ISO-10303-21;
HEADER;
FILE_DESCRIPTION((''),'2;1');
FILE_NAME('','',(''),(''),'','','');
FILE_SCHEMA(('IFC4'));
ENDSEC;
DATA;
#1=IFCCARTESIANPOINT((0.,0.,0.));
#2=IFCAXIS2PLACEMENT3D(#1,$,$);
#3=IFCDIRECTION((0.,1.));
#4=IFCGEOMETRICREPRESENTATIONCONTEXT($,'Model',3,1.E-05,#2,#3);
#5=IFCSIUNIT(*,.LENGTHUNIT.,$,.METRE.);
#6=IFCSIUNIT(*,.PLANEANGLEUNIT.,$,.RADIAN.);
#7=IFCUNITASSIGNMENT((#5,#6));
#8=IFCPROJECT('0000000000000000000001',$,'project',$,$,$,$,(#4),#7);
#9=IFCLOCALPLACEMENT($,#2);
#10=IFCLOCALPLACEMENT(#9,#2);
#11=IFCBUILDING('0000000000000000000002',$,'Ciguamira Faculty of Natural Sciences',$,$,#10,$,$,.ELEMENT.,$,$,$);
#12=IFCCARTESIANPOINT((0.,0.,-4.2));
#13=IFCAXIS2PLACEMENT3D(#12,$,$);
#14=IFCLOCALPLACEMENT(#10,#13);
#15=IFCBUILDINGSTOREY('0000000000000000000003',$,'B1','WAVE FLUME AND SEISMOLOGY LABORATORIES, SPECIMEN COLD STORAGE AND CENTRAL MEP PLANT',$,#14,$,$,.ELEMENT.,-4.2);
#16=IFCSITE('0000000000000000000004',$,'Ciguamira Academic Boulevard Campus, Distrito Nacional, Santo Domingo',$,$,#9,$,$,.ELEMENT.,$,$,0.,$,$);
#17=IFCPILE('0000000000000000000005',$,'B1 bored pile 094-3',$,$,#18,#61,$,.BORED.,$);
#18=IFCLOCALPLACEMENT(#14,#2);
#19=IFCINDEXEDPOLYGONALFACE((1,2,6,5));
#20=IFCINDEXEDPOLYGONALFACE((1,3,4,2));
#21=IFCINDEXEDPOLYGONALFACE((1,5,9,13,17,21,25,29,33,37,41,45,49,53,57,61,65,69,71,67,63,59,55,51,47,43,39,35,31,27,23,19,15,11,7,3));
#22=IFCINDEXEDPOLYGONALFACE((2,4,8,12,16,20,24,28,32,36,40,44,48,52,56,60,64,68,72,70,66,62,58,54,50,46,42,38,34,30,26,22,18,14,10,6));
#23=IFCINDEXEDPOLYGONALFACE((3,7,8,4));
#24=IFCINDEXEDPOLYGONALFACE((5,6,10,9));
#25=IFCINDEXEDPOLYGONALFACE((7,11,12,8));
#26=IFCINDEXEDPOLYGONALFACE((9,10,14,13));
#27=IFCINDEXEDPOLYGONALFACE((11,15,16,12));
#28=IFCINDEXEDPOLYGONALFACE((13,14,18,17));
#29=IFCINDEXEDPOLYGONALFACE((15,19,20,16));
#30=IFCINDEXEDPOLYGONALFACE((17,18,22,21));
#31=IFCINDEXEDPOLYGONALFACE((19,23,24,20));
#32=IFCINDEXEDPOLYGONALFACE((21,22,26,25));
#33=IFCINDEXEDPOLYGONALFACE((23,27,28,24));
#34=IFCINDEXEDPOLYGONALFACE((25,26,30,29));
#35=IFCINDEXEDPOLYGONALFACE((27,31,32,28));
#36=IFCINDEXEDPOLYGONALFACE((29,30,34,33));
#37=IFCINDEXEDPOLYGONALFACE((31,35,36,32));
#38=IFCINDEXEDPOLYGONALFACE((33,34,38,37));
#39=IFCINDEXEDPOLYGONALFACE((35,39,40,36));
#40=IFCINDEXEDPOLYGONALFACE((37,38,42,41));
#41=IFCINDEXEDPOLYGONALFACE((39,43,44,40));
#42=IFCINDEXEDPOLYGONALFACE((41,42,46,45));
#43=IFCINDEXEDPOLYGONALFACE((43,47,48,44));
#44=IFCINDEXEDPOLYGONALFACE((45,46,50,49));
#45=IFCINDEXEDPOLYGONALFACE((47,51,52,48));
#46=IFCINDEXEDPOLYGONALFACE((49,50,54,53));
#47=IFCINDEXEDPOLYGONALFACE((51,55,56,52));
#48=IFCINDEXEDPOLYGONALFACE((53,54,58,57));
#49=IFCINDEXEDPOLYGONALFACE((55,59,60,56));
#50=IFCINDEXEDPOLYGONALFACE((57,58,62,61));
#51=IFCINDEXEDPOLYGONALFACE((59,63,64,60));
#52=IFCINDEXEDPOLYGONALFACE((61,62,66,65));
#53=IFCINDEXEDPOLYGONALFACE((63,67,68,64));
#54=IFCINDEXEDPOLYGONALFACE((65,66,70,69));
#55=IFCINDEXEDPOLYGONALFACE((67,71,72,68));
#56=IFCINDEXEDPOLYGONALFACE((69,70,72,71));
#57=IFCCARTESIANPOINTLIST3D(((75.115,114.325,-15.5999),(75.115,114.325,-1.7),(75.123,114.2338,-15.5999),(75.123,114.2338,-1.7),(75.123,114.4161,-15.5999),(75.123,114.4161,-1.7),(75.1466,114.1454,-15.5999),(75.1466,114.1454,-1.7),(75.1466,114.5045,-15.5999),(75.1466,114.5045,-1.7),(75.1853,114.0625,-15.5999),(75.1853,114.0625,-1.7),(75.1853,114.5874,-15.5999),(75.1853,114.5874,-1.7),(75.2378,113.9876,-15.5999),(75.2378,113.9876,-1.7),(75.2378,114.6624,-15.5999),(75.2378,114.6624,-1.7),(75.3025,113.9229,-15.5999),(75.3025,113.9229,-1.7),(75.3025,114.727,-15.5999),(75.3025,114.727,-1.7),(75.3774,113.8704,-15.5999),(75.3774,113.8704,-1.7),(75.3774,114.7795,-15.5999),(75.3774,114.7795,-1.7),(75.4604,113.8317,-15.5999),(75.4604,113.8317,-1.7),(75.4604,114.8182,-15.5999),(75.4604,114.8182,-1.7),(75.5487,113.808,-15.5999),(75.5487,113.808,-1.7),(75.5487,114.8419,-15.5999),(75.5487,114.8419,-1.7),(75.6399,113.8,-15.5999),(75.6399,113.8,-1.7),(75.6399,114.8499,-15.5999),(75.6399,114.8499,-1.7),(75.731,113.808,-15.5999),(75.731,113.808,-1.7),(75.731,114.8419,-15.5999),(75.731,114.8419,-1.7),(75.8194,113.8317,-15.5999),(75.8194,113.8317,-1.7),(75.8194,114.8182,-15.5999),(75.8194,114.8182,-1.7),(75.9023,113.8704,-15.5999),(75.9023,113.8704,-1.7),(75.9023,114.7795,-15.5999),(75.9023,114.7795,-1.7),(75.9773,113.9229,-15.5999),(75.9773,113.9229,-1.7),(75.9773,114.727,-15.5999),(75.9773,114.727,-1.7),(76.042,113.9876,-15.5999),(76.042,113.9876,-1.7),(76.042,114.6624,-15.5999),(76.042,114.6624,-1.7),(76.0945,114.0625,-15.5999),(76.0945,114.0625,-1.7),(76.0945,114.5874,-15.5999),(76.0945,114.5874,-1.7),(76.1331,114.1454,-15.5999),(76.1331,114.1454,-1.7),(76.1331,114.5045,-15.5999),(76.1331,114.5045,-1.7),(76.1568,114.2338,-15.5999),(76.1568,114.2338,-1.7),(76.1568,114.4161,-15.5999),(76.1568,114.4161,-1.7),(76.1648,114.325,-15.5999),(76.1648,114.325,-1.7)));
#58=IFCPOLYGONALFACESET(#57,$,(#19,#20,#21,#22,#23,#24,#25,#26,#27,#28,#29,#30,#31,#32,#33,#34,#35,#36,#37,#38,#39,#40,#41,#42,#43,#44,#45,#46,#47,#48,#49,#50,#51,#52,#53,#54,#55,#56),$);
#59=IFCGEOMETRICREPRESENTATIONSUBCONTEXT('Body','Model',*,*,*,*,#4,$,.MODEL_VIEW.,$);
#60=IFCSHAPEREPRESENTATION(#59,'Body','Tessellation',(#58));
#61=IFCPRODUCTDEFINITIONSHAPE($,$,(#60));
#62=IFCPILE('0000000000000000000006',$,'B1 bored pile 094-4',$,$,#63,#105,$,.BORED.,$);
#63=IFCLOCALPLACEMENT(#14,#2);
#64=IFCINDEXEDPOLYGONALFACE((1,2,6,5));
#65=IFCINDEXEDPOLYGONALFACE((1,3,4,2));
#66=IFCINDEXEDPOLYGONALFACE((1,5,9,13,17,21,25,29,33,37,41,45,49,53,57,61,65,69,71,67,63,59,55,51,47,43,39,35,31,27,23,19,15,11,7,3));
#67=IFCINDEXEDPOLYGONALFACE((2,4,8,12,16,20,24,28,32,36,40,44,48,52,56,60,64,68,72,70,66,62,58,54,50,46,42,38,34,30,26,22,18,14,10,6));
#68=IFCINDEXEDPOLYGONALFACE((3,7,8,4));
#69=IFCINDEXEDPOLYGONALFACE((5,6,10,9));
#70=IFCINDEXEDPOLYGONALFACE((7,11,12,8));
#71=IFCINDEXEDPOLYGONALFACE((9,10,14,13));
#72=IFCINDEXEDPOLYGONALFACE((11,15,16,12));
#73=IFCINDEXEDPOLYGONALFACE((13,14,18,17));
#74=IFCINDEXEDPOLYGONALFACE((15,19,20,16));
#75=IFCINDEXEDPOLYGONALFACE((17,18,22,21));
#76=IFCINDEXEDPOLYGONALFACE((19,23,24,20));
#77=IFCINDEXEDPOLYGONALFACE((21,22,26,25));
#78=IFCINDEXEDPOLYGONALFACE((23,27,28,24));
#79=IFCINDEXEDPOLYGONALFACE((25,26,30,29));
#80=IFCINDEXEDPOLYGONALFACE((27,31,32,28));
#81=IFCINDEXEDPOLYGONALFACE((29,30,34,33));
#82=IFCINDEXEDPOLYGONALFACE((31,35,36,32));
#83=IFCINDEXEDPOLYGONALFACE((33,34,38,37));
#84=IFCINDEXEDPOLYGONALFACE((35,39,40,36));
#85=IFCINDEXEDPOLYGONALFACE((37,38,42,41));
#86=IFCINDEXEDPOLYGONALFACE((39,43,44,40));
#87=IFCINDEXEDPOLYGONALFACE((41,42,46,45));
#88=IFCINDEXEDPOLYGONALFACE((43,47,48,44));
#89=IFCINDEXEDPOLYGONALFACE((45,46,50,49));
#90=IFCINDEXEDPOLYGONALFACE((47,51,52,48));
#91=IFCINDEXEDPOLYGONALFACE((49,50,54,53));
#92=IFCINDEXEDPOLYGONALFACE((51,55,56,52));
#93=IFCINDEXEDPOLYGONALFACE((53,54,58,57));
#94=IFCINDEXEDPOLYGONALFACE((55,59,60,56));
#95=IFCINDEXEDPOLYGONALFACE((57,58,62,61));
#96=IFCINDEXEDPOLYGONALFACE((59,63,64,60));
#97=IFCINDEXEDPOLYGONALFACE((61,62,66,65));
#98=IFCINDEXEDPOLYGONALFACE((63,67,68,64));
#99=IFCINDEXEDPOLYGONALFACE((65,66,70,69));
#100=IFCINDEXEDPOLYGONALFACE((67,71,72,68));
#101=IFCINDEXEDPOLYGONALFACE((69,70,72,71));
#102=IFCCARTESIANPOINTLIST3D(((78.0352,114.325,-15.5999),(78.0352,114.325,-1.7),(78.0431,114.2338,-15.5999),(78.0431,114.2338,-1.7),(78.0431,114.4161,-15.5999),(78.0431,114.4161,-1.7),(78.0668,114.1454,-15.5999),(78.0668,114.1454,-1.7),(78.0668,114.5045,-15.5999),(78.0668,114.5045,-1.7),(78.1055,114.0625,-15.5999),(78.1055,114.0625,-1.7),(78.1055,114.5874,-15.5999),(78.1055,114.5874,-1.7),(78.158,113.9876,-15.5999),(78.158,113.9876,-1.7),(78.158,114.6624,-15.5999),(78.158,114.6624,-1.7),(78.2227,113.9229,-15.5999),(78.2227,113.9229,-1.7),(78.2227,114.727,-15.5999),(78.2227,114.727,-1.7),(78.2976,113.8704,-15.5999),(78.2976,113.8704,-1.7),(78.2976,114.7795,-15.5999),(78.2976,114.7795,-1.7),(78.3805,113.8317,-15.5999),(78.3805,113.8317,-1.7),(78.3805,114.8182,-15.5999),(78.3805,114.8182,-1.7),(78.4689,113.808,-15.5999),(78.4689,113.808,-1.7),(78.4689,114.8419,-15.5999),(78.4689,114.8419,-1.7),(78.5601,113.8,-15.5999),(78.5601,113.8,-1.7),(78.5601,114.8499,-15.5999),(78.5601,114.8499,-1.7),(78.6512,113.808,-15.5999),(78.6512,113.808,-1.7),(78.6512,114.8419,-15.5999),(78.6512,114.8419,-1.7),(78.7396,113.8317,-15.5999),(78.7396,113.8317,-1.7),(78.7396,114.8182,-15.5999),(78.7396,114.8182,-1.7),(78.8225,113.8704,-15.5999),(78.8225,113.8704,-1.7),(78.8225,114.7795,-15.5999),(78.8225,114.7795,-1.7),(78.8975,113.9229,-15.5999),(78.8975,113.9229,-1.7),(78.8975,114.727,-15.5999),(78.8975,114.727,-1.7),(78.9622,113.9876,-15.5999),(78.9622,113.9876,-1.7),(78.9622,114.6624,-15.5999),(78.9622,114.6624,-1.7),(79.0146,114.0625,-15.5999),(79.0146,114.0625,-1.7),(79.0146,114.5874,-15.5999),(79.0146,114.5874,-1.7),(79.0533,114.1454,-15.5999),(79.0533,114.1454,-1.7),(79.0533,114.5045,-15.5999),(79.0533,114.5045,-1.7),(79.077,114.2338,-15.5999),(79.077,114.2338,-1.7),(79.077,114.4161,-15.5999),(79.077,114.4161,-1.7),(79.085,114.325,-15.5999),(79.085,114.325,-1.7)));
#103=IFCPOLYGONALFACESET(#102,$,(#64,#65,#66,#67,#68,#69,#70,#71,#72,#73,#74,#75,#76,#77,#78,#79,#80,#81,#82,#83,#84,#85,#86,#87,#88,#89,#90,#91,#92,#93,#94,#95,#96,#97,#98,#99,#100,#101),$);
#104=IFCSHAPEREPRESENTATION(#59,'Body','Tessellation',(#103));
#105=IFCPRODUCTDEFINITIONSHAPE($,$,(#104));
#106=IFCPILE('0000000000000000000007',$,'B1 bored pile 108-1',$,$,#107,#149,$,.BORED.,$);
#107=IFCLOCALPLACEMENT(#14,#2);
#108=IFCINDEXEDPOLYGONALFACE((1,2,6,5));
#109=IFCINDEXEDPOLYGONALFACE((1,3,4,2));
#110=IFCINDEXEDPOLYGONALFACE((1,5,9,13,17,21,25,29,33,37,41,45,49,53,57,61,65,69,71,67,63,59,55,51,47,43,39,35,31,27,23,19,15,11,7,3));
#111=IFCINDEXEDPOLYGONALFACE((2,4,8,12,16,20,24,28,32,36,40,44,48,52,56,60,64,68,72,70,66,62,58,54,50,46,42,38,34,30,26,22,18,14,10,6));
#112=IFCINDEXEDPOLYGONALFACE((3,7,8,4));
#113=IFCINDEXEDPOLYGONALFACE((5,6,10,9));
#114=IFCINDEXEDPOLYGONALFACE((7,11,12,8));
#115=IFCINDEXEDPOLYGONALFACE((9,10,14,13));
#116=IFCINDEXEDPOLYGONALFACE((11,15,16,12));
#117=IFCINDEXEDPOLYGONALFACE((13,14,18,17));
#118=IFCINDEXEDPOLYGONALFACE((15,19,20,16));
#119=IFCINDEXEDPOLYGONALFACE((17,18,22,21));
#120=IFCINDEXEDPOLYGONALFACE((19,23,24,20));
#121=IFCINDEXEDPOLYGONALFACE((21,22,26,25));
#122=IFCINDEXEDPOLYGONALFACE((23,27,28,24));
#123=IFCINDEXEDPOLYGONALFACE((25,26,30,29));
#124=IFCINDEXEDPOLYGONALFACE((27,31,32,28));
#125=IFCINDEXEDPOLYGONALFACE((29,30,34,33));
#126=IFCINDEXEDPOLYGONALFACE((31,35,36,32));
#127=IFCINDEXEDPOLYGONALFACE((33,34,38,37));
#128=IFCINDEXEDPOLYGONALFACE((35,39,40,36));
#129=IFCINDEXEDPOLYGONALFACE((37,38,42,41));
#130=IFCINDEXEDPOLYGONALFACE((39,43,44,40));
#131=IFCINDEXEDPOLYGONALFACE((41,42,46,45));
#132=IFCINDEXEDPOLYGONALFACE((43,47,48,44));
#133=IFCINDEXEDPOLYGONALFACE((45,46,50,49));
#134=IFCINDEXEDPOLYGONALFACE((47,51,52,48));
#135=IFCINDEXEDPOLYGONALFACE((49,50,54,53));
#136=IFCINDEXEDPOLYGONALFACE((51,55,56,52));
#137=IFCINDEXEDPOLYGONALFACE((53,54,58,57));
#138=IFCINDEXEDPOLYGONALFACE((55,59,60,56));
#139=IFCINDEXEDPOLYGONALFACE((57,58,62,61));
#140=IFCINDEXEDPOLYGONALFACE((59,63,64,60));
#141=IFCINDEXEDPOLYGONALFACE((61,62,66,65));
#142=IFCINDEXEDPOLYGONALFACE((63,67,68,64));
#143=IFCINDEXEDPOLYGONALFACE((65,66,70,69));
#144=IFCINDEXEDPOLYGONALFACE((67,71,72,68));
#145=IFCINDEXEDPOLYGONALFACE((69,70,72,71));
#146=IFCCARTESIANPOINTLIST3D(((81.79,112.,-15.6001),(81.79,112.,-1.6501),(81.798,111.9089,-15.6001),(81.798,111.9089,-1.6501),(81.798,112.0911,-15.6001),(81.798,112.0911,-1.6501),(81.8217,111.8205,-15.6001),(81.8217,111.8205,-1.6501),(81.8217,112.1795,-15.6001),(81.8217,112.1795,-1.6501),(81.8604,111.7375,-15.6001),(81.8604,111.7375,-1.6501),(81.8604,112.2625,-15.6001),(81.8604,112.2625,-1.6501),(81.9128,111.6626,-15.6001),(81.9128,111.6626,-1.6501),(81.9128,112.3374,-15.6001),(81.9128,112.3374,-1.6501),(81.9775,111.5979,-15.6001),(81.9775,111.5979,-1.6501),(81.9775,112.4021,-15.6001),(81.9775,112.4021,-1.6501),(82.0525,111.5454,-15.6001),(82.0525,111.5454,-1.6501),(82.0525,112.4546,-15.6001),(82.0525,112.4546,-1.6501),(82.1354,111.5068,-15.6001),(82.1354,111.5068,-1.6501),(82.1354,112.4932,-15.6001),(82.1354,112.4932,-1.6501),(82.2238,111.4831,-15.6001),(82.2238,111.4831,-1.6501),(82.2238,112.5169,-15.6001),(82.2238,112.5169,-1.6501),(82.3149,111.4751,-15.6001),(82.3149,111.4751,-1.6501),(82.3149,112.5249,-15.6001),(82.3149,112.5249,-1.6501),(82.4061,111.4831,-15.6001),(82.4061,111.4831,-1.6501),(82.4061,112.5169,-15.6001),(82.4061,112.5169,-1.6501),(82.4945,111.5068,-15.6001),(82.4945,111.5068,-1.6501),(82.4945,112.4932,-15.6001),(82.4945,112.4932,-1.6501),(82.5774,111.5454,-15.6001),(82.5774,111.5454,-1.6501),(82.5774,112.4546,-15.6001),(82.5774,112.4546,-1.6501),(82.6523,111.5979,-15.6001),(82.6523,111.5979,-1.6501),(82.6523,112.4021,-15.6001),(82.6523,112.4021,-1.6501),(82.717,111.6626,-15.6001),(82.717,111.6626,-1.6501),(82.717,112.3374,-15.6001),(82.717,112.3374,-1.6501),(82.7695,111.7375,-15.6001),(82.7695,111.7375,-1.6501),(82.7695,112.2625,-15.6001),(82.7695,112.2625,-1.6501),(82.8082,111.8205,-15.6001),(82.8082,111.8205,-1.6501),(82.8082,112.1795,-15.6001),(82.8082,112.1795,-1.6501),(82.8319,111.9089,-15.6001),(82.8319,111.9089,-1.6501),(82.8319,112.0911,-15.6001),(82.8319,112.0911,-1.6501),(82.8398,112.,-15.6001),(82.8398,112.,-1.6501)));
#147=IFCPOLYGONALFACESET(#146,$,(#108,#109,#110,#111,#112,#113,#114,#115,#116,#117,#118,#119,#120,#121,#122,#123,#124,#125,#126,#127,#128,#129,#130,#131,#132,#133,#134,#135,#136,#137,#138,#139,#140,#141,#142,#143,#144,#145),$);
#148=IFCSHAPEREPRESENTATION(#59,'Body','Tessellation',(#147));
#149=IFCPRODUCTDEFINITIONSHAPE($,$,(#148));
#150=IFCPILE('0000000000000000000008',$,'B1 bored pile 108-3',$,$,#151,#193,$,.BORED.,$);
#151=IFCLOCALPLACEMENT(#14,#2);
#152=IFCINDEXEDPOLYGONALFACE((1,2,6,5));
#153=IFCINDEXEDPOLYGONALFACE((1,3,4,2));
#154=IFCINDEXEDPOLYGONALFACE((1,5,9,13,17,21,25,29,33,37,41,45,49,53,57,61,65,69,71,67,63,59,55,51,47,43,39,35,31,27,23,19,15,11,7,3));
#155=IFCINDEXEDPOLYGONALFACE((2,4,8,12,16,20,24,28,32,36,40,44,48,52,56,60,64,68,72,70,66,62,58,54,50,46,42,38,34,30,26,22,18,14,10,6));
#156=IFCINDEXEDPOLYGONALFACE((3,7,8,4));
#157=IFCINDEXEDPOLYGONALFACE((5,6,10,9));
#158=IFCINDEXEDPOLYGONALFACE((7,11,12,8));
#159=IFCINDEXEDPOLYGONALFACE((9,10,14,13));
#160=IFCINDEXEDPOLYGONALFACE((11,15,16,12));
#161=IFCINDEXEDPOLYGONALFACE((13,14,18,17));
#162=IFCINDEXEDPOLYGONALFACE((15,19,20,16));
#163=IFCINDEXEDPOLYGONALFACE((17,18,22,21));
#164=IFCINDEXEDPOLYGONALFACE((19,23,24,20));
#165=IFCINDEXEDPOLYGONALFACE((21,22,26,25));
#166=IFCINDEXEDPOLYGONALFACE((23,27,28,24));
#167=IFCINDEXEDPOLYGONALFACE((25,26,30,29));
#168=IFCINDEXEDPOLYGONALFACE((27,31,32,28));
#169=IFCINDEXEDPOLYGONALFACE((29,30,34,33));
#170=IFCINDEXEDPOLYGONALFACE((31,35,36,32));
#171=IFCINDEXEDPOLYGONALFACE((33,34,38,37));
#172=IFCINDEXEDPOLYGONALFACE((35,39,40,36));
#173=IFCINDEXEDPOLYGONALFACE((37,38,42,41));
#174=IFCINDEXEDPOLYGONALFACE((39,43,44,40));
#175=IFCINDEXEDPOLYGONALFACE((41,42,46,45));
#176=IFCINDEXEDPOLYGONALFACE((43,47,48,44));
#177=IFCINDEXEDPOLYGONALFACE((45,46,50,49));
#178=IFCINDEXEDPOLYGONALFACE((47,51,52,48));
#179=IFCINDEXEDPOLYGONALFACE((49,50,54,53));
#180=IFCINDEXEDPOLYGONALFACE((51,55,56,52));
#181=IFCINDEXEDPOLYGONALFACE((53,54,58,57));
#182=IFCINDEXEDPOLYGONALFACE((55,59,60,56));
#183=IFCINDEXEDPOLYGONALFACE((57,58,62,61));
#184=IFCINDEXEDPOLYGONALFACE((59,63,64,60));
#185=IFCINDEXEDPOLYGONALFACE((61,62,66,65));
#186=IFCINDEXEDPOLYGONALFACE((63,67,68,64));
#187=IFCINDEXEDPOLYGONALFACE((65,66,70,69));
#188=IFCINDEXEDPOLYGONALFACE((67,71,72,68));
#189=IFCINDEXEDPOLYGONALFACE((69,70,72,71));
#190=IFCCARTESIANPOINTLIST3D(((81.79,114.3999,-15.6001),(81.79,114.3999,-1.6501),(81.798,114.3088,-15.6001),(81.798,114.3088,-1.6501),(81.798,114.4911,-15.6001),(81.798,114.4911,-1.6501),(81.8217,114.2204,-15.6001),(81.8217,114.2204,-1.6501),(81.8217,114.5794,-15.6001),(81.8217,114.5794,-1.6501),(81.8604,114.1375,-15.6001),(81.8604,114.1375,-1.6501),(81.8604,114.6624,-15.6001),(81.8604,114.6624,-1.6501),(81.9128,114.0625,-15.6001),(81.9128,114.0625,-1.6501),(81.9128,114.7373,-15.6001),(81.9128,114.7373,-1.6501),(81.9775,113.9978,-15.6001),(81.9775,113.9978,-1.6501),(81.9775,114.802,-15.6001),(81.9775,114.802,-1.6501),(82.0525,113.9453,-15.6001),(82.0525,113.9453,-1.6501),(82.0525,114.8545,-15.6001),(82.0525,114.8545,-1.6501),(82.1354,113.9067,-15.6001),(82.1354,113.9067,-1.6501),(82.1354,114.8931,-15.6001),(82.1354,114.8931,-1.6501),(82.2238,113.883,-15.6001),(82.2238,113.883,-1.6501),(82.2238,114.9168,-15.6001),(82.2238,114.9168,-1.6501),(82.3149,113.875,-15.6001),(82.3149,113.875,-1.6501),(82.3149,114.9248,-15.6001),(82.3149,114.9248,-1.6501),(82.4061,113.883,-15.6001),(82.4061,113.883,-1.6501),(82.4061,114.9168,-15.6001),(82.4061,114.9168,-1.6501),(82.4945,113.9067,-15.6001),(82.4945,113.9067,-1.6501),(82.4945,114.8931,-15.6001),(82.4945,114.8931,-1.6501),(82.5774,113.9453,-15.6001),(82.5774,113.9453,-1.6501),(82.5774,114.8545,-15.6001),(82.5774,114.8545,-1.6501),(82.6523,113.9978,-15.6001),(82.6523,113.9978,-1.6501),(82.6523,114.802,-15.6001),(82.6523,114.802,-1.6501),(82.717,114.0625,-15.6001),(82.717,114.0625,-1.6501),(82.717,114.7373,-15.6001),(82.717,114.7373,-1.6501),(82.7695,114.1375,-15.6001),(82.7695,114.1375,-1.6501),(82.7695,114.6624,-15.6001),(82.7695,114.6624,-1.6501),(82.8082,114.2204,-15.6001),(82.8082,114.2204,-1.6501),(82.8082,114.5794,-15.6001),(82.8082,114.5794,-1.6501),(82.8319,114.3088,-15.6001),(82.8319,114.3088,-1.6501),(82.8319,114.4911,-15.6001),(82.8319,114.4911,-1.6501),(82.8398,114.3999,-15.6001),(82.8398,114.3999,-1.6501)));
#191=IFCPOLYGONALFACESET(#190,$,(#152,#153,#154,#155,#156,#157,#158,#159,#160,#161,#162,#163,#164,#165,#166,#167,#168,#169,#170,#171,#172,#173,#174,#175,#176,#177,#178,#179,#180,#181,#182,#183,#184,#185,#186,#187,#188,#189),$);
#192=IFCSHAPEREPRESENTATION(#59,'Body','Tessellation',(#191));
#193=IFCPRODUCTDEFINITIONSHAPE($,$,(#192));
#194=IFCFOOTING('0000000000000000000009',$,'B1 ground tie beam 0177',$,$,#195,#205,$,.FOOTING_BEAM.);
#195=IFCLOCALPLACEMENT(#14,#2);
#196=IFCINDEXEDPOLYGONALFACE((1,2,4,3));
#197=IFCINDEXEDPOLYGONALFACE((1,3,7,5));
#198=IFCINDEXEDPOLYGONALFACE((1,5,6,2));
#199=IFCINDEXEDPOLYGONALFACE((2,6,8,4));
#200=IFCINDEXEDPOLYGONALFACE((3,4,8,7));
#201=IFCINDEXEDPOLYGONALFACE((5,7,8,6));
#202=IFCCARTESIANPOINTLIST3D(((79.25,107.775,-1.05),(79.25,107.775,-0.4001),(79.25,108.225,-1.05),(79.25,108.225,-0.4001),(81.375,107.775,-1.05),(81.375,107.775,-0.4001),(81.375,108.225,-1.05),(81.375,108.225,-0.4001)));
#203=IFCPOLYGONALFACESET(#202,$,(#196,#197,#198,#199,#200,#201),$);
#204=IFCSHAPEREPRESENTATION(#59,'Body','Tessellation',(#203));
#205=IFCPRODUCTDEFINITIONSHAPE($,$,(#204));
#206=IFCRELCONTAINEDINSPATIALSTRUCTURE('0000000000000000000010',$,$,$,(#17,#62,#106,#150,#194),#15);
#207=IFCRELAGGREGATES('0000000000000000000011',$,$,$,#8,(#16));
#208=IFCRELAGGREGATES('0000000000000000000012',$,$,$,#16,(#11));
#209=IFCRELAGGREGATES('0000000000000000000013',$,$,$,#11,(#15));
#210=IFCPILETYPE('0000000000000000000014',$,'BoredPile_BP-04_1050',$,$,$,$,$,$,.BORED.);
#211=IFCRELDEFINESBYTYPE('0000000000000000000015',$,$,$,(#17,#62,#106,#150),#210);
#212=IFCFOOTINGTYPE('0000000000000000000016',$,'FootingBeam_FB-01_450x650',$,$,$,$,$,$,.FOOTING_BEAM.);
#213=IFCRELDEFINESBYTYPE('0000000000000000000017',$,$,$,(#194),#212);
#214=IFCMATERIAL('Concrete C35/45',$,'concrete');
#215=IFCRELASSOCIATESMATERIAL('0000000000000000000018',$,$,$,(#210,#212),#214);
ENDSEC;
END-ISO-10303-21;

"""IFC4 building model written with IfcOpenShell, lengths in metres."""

from ifc_helpers import new_model, si_unit, direction, frame, origin, origin_2d, place, context, subcontext, project, spatial, rectangle, circle, extrude, material, material_profile, profile_set, type_object, element, save


model = new_model("IFC4")

# Units and contexts
model_context = context("Model", 3, precision=1e-05, world=origin(), true_north=direction((0.0, 1.0)))
body_context = subcontext(model_context, "Body", "Model", "MODEL_VIEW")
ifc_project = project(units=[si_unit("LENGTHUNIT", "METRE"), si_unit("PLANEANGLEUNIT", "RADIAN")], contexts=[model_context])

# Site, building, storey
site_placement = place(None, origin())
site = spatial("IfcSite", under=ifc_project, at=site_placement, Name="Ciguamira Academic Boulevard Campus, Distrito Nacional, Santo Domingo", CompositionType="ELEMENT", RefElevation=0.0)
building_placement = place(site_placement, origin())
building = spatial("IfcBuilding", under=site, at=building_placement, Name="Ciguamira Faculty of Natural Sciences", CompositionType="ELEMENT")
storey_placement = place(building_placement, frame((0.0, 0.0, -4.2)))
storey = spatial("IfcBuildingStorey", under=building, at=storey_placement, Name="B1", Description="WAVE FLUME AND SEISMOLOGY LABORATORIES, SPECIMEN COLD STORAGE AND CENTRAL MEP PLANT", CompositionType="ELEMENT", Elevation=-4.2)

# Piles
ifc_material_1 = material(Name="Concrete C35/45", Category="concrete")
ifc_material_profile_1 = material_profile(ifc_material_1, circle(Radius=0.5249, at=origin_2d()), Name="PILE-BORED-1050")
ifc_profile_set_1 = profile_set([ifc_material_profile_1], Name="Concrete C35/45")
pile_type_1 = type_object("IfcPileType", Name="BoredPile_BP-04_1050", PredefinedType="BORED", material=ifc_profile_set_1)
for number, where, z_axis, x_axis, name in (
    (1, (75.6399, 114.325, -1.7), (0.0, 0.0, -1.0), (1.0, 0.0, 0.0), "B1 bored pile 094-3"),
    (2, (78.5601, 114.325, -1.7), (0.0, 0.0, -1.0), (1.0, 0.0, 0.0), "B1 bored pile 094-4"),
):
    element("IfcPile", number, at=place(storey_placement, frame(where, z_axis=z_axis, x_axis=x_axis)), inside=storey, type_object=pile_type_1, Name=name, PredefinedType="BORED", context=body_context, shape_type="SweptSolid", body=[
        extrude(circle(Radius=0.5249, at=origin_2d()), origin(), (0.0, 0.0, 1.0), 13.8999),
    ])
for number, where, z_axis, x_axis, name in (
    (3, (82.3149, 112.0, -1.6501), (0.0, 0.0, -1.0), (1.0, 0.0, 0.0), "B1 bored pile 108-1"),
    (4, (82.3149, 114.3999, -1.6501), (0.0, 0.0, -1.0), (1.0, 0.0, 0.0), "B1 bored pile 108-3"),
):
    element("IfcPile", number, at=place(storey_placement, frame(where, z_axis=z_axis, x_axis=x_axis)), inside=storey, type_object=pile_type_1, Name=name, PredefinedType="BORED", context=body_context, shape_type="SweptSolid", body=[
        extrude(circle(Radius=0.5249, at=origin_2d()), origin(), (0.0, 0.0, 1.0), 13.95),
    ])

# Footing
ifc_material_profile_2 = material_profile(ifc_material_1, rectangle(XDim=0.45, YDim=0.6499, at=origin_2d()), Name="RC-FB-450X650")
ifc_profile_set_2 = profile_set([ifc_material_profile_2], Name="Concrete C35/45")
footing_type_1 = type_object("IfcFootingType", Name="FootingBeam_FB-01_450x650", PredefinedType="FOOTING_BEAM", material=ifc_profile_set_2)
footing_1_placement = place(storey_placement, frame((79.25, 108.0, -0.7251), z_axis=(1.0, 0.0, 0.0), x_axis=(0.0, 1.0, 0.0)))
element("IfcFooting", 5, at=footing_1_placement, inside=storey, type_object=footing_type_1, Name="B1 ground tie beam 0177", PredefinedType="FOOTING_BEAM", context=body_context, shape_type="SweptSolid", body=[
    extrude(rectangle(XDim=0.45, YDim=0.6499, at=origin_2d()), origin(), (0.0, 0.0, 1.0), 2.125),
])

save(model, "model.ifc")
